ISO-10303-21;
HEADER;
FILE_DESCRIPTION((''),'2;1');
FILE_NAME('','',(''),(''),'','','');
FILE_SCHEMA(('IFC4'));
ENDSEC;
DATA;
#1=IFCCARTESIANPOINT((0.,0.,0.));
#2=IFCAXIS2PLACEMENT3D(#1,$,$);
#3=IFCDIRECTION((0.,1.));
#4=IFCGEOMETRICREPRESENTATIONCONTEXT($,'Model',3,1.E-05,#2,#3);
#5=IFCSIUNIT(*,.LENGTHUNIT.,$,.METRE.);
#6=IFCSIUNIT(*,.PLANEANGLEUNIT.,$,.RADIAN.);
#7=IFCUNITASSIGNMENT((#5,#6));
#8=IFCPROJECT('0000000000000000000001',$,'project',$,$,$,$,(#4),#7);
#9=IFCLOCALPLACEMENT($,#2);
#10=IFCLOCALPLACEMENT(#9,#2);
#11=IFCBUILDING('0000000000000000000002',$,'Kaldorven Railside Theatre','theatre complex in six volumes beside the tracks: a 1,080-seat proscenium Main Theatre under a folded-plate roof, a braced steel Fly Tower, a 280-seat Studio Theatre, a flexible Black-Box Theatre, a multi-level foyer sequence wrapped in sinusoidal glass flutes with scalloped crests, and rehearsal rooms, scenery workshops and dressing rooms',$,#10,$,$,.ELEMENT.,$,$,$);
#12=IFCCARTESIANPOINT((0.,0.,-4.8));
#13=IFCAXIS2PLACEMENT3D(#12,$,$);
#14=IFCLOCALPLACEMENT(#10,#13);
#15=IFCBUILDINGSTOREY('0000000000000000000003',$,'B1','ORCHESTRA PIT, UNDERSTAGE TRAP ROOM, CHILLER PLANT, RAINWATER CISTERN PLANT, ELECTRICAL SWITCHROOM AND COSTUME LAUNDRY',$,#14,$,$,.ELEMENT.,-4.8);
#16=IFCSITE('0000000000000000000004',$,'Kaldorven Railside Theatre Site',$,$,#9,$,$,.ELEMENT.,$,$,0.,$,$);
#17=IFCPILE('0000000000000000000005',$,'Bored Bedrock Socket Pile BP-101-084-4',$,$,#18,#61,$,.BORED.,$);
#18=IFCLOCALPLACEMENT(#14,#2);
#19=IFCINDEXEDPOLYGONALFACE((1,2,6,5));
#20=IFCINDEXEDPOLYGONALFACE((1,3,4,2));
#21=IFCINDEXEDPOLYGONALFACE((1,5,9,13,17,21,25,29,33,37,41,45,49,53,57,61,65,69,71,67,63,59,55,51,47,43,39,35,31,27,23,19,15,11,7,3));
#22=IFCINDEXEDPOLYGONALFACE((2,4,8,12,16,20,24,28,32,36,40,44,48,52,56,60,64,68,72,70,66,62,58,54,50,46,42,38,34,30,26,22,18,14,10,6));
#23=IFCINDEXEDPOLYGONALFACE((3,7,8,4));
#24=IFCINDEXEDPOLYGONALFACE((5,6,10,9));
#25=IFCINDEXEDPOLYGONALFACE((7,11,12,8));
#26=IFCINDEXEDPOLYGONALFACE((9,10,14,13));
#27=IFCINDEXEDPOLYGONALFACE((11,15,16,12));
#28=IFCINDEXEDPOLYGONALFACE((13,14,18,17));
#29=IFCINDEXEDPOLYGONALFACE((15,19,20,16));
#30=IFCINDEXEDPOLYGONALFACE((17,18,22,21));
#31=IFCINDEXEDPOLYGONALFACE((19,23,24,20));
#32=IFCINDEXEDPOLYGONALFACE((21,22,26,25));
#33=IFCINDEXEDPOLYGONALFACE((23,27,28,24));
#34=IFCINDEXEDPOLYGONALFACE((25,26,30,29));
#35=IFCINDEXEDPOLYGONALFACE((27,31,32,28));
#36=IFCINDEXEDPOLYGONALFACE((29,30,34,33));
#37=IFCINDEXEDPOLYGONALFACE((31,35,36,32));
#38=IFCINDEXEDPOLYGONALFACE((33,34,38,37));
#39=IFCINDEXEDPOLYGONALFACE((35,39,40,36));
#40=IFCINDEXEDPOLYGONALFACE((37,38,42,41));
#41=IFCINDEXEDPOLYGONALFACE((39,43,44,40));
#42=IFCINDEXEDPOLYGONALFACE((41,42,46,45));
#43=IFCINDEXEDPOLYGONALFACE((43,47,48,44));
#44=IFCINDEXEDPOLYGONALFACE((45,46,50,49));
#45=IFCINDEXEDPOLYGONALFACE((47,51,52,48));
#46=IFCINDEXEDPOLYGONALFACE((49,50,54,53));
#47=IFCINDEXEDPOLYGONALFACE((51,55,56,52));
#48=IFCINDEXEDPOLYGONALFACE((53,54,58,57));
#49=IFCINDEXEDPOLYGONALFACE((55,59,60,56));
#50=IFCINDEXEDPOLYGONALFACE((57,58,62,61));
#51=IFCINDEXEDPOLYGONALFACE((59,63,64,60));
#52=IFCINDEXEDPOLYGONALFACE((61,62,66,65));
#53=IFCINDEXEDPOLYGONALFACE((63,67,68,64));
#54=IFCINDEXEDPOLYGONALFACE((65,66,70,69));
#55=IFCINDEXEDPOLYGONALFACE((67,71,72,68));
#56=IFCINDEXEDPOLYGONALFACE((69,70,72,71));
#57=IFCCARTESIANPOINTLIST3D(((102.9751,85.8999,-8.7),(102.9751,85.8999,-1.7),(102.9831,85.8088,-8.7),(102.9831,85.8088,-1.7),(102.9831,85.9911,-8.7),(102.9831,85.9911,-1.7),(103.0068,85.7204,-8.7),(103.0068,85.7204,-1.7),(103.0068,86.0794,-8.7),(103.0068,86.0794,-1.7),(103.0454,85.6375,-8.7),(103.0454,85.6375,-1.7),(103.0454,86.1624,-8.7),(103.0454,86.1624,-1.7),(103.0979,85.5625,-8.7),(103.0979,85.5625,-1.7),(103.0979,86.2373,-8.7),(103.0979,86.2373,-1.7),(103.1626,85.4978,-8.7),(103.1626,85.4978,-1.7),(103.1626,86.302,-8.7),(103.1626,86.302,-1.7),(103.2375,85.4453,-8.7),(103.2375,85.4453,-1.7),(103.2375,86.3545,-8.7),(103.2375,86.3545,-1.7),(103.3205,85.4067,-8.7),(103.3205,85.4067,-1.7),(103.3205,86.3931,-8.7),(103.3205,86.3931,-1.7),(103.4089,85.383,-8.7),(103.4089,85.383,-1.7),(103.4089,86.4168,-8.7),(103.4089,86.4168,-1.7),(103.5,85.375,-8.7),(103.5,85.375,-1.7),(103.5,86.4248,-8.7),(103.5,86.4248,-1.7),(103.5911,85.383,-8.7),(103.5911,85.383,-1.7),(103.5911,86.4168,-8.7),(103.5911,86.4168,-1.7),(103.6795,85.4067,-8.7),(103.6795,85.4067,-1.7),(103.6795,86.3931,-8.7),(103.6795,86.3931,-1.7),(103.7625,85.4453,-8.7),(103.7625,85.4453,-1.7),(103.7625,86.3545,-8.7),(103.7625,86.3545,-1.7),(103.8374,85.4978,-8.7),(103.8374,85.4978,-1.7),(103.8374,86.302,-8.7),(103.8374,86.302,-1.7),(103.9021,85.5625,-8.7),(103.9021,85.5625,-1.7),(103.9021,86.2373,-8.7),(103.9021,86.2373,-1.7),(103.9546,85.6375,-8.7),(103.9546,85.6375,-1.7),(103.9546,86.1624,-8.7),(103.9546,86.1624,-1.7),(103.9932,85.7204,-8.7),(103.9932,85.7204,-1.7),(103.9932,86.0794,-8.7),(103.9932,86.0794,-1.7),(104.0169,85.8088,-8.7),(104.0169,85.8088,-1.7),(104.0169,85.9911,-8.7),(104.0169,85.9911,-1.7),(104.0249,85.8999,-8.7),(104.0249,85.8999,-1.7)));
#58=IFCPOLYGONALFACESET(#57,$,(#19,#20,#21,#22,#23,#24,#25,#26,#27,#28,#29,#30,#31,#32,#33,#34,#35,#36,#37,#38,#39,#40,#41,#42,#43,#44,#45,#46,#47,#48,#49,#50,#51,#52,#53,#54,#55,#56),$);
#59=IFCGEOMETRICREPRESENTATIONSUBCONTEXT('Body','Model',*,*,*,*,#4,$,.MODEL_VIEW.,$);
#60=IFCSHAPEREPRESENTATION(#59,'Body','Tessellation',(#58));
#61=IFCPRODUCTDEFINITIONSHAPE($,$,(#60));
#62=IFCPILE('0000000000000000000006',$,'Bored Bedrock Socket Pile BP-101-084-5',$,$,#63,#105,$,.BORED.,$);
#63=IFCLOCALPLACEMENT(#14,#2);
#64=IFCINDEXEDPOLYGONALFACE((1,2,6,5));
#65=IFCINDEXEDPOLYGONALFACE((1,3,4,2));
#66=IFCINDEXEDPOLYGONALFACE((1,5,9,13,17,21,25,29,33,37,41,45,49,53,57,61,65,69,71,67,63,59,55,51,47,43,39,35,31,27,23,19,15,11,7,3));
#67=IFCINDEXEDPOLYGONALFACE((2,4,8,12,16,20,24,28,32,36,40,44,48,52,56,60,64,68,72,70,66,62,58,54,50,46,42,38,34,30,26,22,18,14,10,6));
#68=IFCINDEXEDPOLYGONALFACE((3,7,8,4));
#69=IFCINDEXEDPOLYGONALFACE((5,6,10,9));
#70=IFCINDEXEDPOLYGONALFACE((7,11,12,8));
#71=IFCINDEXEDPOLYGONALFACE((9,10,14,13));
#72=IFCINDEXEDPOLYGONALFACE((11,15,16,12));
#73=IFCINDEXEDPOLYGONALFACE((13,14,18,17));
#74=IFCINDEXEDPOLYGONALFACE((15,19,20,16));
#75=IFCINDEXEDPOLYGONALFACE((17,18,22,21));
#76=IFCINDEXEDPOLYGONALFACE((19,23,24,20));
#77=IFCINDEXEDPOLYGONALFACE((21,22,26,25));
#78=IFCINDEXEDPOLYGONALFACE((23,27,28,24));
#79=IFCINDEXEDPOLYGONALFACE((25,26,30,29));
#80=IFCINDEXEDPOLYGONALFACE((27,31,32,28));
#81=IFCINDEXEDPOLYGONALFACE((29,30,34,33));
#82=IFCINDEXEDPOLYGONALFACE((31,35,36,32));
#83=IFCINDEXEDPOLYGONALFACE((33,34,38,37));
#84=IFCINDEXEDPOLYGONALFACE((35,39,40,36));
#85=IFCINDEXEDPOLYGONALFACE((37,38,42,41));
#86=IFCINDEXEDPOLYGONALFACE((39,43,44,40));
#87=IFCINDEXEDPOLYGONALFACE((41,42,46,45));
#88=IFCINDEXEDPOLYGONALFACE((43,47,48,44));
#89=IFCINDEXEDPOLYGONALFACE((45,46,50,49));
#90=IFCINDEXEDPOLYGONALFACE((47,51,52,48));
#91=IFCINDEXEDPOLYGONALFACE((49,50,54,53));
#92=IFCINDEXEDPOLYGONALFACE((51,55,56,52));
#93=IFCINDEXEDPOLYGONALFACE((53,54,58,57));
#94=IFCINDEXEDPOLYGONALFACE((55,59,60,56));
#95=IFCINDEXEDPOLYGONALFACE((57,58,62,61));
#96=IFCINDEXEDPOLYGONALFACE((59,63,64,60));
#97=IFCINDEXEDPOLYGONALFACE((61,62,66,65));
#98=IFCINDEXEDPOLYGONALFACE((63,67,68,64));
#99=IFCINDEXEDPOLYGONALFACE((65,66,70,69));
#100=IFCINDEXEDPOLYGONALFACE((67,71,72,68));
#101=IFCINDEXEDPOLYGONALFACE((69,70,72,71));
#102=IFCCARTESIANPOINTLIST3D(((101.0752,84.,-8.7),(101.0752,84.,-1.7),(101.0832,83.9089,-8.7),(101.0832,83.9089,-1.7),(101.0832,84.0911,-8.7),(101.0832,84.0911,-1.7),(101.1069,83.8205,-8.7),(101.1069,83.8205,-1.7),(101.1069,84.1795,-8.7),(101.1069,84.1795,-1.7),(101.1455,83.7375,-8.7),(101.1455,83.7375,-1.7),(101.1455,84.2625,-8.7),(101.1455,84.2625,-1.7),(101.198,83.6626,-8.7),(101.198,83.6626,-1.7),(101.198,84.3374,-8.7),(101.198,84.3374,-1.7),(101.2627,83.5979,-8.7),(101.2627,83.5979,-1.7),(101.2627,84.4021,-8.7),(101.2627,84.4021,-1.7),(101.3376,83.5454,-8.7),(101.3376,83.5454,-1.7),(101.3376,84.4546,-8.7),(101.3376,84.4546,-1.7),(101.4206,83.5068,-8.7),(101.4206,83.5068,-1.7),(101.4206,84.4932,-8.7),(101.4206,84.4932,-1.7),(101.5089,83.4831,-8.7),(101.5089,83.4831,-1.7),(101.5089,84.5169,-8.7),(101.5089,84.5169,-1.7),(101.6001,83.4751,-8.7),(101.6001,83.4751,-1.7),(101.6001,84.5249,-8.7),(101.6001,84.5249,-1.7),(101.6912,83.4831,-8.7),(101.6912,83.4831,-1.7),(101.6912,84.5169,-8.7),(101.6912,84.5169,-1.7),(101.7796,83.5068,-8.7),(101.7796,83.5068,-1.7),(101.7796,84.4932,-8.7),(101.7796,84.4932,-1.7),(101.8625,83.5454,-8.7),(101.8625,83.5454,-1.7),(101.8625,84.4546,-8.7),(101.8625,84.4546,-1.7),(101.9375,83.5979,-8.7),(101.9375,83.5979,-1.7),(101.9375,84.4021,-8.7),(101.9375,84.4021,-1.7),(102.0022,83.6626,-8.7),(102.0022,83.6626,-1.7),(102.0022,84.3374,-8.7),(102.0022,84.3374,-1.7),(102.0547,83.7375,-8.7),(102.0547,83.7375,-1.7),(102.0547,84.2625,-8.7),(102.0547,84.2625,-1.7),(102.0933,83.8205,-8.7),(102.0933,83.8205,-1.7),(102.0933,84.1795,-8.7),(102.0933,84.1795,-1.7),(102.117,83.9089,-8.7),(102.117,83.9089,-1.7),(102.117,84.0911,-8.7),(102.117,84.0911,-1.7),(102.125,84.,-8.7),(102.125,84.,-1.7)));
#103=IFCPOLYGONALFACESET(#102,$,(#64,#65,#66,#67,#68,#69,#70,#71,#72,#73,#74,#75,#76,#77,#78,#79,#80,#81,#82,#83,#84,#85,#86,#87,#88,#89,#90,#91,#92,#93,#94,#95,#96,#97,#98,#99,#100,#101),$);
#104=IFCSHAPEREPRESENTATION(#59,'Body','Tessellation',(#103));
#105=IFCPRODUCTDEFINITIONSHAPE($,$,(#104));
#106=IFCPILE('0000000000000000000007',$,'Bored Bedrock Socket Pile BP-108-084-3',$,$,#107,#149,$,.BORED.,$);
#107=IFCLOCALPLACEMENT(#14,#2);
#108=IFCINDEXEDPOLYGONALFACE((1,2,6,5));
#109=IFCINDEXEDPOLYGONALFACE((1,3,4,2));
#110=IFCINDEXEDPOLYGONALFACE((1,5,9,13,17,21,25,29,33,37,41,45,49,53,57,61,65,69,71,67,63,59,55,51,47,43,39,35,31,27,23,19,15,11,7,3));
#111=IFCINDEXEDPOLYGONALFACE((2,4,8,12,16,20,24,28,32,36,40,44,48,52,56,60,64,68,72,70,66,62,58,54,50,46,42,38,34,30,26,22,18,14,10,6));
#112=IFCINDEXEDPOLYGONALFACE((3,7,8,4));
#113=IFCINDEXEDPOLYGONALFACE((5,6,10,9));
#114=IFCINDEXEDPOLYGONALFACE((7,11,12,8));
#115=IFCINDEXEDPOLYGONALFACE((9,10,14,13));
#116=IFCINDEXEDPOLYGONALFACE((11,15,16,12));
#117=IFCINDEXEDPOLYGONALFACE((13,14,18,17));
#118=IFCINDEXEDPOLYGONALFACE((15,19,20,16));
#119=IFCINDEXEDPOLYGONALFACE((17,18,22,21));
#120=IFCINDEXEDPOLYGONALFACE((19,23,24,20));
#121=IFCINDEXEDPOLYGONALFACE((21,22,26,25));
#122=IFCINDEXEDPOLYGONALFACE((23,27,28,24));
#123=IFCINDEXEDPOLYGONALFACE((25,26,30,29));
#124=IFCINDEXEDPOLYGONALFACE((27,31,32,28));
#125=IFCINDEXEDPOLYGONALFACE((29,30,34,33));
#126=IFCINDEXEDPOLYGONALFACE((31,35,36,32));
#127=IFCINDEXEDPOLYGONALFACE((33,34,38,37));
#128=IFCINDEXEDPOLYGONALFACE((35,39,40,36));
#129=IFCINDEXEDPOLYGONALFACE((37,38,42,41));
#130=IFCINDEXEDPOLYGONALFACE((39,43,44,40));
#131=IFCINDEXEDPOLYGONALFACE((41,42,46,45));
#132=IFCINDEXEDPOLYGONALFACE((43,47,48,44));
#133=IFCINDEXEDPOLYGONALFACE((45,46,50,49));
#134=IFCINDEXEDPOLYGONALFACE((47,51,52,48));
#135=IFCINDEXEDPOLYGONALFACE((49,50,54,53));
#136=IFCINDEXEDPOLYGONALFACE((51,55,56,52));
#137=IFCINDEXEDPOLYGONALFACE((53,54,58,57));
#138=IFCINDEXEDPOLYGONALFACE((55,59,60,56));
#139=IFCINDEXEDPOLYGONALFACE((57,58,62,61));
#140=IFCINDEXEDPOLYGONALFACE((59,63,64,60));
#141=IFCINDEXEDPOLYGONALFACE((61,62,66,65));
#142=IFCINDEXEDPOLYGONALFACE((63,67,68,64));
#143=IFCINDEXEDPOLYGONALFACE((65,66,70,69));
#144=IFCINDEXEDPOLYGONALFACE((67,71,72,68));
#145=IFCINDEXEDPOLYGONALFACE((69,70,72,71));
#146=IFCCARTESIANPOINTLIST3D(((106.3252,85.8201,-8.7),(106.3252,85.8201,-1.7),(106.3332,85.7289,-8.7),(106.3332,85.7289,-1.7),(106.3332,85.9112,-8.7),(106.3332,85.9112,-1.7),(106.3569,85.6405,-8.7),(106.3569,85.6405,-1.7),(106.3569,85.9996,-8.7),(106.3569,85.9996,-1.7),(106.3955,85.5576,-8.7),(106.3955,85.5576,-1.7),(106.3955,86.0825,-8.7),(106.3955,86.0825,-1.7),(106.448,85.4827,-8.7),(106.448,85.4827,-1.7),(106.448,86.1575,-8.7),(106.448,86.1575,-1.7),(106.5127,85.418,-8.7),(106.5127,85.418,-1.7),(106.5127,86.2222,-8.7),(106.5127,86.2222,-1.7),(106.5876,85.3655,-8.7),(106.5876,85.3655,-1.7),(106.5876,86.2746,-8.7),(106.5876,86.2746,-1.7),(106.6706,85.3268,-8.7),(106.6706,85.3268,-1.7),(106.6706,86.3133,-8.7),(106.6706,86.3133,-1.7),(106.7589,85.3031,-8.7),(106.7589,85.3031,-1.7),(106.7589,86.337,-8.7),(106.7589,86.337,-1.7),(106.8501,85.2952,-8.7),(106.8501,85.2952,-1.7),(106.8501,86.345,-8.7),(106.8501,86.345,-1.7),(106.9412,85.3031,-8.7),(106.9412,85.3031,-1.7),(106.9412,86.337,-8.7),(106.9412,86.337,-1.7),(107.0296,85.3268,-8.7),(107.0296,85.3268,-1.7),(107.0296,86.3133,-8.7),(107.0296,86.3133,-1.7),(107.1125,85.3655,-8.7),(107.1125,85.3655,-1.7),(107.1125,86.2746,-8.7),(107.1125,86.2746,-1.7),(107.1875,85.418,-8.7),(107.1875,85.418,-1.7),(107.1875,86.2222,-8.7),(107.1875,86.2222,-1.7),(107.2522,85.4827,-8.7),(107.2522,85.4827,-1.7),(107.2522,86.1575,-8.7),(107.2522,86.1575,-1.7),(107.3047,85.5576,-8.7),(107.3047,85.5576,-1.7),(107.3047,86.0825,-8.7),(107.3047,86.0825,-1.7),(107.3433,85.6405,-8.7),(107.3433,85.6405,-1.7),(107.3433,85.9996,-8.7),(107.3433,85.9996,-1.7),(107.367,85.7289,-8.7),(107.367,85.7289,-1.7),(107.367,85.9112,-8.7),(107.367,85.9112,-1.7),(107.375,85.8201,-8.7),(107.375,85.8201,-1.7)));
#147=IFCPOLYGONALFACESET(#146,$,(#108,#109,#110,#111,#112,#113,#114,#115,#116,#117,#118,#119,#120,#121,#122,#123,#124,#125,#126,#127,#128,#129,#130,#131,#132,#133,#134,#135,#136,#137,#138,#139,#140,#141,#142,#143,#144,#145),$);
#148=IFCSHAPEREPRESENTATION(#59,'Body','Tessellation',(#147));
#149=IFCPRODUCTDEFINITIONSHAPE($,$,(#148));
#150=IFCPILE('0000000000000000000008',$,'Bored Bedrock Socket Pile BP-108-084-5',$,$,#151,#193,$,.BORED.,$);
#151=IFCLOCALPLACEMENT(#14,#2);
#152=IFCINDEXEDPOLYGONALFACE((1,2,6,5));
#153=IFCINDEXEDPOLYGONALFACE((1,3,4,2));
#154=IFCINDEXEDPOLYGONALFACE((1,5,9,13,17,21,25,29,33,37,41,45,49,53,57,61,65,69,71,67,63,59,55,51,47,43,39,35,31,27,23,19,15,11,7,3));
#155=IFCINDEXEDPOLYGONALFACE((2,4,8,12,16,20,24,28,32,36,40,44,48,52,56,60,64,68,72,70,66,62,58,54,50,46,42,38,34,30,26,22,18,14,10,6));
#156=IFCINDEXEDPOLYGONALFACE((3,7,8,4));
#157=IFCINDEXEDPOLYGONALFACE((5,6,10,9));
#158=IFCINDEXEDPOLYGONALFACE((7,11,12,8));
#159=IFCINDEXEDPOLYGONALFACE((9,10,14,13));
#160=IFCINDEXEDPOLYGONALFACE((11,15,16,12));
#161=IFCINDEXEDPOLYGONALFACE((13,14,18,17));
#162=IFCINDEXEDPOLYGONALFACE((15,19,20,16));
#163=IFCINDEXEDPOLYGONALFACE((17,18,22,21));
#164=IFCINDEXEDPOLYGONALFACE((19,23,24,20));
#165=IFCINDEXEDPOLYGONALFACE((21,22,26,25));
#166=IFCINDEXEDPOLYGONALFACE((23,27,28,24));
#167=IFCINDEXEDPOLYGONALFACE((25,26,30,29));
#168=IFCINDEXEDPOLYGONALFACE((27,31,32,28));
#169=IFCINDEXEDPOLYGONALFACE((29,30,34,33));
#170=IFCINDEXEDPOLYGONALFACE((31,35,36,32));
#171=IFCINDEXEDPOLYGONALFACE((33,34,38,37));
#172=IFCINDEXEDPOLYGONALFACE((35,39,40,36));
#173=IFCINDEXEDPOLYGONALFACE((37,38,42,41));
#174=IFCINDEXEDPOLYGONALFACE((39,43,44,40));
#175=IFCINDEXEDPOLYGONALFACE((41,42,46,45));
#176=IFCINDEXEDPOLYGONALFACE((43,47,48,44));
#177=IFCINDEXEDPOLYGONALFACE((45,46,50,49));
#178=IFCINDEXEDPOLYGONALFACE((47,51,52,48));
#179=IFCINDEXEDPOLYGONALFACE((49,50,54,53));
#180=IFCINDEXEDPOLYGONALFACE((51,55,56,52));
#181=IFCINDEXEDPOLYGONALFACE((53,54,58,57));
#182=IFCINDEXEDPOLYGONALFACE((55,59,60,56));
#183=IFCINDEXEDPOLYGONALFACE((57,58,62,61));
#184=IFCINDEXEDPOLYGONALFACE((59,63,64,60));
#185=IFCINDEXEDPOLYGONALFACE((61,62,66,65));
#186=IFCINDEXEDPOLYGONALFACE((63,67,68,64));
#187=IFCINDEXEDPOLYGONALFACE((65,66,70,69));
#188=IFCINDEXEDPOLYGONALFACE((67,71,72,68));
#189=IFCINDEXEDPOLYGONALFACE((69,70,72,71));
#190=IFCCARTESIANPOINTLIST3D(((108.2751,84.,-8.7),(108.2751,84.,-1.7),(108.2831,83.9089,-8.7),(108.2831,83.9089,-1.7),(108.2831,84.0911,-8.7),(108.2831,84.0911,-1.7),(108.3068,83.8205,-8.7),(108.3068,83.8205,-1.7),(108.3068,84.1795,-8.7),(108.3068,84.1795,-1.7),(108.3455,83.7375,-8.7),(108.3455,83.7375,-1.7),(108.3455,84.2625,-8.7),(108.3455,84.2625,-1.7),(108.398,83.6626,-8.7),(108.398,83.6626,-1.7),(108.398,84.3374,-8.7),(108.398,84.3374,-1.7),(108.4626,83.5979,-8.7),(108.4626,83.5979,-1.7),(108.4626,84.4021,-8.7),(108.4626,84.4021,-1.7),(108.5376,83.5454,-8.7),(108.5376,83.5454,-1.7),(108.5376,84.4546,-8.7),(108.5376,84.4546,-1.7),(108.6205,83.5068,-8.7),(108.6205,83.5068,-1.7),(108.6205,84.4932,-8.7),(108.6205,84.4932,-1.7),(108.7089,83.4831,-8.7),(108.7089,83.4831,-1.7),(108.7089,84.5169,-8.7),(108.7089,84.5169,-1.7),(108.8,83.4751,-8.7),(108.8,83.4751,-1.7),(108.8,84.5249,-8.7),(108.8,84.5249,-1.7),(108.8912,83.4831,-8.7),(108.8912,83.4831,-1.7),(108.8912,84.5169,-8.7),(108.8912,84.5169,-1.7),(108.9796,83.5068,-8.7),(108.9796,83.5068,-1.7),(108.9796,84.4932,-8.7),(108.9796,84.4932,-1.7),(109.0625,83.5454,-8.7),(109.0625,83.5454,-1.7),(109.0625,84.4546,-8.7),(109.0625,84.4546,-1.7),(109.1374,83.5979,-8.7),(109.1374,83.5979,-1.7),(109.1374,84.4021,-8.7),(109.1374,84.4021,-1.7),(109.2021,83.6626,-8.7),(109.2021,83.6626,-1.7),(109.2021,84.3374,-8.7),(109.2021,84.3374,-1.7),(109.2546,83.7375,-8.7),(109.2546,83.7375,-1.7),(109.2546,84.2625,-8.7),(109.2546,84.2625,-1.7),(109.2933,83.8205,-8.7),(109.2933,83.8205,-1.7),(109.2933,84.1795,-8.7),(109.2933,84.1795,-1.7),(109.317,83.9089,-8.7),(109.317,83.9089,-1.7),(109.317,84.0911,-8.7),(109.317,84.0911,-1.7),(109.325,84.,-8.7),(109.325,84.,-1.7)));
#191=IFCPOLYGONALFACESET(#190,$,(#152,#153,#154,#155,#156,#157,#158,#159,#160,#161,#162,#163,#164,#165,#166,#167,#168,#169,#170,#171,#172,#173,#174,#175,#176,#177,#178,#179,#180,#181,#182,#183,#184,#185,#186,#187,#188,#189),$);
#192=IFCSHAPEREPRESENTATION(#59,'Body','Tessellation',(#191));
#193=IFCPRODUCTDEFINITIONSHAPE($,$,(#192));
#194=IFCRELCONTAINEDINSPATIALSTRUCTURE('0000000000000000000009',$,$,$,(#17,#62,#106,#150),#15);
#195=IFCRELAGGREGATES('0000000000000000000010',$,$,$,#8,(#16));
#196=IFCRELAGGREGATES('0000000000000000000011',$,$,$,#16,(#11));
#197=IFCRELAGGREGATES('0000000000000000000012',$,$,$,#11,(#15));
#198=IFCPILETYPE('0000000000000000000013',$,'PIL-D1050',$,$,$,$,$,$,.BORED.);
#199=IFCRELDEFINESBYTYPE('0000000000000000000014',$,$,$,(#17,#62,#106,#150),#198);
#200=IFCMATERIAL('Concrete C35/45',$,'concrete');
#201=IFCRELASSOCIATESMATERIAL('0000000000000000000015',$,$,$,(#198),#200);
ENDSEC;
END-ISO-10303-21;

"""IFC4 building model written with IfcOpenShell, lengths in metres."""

from ifc_helpers import new_model, si_unit, direction, frame, origin, origin_2d, place, context, subcontext, project, spatial, circle, extrude, material, material_profile, profile_set, type_object, element, save


model = new_model("IFC4")

# Units and contexts
model_context = context("Model", 3, precision=1e-05, world=origin(), true_north=direction((0.0, 1.0)))
body_context = subcontext(model_context, "Body", "Model", "MODEL_VIEW")
ifc_project = project(units=[si_unit("LENGTHUNIT", "METRE"), si_unit("PLANEANGLEUNIT", "RADIAN")], contexts=[model_context])

# Site, building, storey
site_placement = place(None, origin())
site = spatial("IfcSite", under=ifc_project, at=site_placement, Name="Kaldorven Railside Theatre Site", CompositionType="ELEMENT", RefElevation=0.0)
building_placement = place(site_placement, origin())
building = spatial("IfcBuilding", under=site, at=building_placement, Name="Kaldorven Railside Theatre", Description="theatre complex in six volumes beside the tracks: a 1,080-seat proscenium Main Theatre under a folded-plate roof, a braced steel Fly Tower, a 280-seat Studio Theatre, a flexible Black-Box Theatre, a multi-level foyer sequence wrapped in sinusoidal glass flutes with scalloped crests, and rehearsal rooms, scenery workshops and dressing rooms", CompositionType="ELEMENT")
storey_placement = place(building_placement, frame((0.0, 0.0, -4.8)))
storey = spatial("IfcBuildingStorey", under=building, at=storey_placement, Name="B1", Description="ORCHESTRA PIT, UNDERSTAGE TRAP ROOM, CHILLER PLANT, RAINWATER CISTERN PLANT, ELECTRICAL SWITCHROOM AND COSTUME LAUNDRY", CompositionType="ELEMENT", Elevation=-4.8)

# Piles
ifc_material_1 = material(Name="Concrete C35/45", Category="concrete")
ifc_material_profile_1 = material_profile(ifc_material_1, circle(Radius=0.5249, at=origin_2d()), Name="BP D1050")
ifc_profile_set_1 = profile_set([ifc_material_profile_1], Name="Concrete C35/45")
pile_type_1 = type_object("IfcPileType", Name="PIL-D1050", PredefinedType="BORED", material=ifc_profile_set_1)
for number, where, z_axis, x_axis, name in (
    (1, (103.5, 85.8999, -1.7), (0.0, 0.0, -1.0), (1.0, 0.0, 0.0), "Bored Bedrock Socket Pile BP-101-084-4"),
    (2, (101.6001, 84.0, -1.7), (0.0, 0.0, -1.0), (1.0, 0.0, 0.0), "Bored Bedrock Socket Pile BP-101-084-5"),
    (3, (106.8501, 85.8201, -1.7), (0.0, 0.0, -1.0), (1.0, 0.0, 0.0), "Bored Bedrock Socket Pile BP-108-084-3"),
    (4, (108.8, 84.0, -1.7), (0.0, 0.0, -1.0), (1.0, 0.0, 0.0), "Bored Bedrock Socket Pile BP-108-084-5"),
):
    element("IfcPile", number, at=place(storey_placement, frame(where, z_axis=z_axis, x_axis=x_axis)), inside=storey, type_object=pile_type_1, Name=name, PredefinedType="BORED", context=body_context, shape_type="SweptSolid", body=[
        extrude(circle(Radius=0.5249, at=origin_2d()), origin(), (0.0, 0.0, 1.0), 7.0),
    ])

save(model, "model.ifc")
